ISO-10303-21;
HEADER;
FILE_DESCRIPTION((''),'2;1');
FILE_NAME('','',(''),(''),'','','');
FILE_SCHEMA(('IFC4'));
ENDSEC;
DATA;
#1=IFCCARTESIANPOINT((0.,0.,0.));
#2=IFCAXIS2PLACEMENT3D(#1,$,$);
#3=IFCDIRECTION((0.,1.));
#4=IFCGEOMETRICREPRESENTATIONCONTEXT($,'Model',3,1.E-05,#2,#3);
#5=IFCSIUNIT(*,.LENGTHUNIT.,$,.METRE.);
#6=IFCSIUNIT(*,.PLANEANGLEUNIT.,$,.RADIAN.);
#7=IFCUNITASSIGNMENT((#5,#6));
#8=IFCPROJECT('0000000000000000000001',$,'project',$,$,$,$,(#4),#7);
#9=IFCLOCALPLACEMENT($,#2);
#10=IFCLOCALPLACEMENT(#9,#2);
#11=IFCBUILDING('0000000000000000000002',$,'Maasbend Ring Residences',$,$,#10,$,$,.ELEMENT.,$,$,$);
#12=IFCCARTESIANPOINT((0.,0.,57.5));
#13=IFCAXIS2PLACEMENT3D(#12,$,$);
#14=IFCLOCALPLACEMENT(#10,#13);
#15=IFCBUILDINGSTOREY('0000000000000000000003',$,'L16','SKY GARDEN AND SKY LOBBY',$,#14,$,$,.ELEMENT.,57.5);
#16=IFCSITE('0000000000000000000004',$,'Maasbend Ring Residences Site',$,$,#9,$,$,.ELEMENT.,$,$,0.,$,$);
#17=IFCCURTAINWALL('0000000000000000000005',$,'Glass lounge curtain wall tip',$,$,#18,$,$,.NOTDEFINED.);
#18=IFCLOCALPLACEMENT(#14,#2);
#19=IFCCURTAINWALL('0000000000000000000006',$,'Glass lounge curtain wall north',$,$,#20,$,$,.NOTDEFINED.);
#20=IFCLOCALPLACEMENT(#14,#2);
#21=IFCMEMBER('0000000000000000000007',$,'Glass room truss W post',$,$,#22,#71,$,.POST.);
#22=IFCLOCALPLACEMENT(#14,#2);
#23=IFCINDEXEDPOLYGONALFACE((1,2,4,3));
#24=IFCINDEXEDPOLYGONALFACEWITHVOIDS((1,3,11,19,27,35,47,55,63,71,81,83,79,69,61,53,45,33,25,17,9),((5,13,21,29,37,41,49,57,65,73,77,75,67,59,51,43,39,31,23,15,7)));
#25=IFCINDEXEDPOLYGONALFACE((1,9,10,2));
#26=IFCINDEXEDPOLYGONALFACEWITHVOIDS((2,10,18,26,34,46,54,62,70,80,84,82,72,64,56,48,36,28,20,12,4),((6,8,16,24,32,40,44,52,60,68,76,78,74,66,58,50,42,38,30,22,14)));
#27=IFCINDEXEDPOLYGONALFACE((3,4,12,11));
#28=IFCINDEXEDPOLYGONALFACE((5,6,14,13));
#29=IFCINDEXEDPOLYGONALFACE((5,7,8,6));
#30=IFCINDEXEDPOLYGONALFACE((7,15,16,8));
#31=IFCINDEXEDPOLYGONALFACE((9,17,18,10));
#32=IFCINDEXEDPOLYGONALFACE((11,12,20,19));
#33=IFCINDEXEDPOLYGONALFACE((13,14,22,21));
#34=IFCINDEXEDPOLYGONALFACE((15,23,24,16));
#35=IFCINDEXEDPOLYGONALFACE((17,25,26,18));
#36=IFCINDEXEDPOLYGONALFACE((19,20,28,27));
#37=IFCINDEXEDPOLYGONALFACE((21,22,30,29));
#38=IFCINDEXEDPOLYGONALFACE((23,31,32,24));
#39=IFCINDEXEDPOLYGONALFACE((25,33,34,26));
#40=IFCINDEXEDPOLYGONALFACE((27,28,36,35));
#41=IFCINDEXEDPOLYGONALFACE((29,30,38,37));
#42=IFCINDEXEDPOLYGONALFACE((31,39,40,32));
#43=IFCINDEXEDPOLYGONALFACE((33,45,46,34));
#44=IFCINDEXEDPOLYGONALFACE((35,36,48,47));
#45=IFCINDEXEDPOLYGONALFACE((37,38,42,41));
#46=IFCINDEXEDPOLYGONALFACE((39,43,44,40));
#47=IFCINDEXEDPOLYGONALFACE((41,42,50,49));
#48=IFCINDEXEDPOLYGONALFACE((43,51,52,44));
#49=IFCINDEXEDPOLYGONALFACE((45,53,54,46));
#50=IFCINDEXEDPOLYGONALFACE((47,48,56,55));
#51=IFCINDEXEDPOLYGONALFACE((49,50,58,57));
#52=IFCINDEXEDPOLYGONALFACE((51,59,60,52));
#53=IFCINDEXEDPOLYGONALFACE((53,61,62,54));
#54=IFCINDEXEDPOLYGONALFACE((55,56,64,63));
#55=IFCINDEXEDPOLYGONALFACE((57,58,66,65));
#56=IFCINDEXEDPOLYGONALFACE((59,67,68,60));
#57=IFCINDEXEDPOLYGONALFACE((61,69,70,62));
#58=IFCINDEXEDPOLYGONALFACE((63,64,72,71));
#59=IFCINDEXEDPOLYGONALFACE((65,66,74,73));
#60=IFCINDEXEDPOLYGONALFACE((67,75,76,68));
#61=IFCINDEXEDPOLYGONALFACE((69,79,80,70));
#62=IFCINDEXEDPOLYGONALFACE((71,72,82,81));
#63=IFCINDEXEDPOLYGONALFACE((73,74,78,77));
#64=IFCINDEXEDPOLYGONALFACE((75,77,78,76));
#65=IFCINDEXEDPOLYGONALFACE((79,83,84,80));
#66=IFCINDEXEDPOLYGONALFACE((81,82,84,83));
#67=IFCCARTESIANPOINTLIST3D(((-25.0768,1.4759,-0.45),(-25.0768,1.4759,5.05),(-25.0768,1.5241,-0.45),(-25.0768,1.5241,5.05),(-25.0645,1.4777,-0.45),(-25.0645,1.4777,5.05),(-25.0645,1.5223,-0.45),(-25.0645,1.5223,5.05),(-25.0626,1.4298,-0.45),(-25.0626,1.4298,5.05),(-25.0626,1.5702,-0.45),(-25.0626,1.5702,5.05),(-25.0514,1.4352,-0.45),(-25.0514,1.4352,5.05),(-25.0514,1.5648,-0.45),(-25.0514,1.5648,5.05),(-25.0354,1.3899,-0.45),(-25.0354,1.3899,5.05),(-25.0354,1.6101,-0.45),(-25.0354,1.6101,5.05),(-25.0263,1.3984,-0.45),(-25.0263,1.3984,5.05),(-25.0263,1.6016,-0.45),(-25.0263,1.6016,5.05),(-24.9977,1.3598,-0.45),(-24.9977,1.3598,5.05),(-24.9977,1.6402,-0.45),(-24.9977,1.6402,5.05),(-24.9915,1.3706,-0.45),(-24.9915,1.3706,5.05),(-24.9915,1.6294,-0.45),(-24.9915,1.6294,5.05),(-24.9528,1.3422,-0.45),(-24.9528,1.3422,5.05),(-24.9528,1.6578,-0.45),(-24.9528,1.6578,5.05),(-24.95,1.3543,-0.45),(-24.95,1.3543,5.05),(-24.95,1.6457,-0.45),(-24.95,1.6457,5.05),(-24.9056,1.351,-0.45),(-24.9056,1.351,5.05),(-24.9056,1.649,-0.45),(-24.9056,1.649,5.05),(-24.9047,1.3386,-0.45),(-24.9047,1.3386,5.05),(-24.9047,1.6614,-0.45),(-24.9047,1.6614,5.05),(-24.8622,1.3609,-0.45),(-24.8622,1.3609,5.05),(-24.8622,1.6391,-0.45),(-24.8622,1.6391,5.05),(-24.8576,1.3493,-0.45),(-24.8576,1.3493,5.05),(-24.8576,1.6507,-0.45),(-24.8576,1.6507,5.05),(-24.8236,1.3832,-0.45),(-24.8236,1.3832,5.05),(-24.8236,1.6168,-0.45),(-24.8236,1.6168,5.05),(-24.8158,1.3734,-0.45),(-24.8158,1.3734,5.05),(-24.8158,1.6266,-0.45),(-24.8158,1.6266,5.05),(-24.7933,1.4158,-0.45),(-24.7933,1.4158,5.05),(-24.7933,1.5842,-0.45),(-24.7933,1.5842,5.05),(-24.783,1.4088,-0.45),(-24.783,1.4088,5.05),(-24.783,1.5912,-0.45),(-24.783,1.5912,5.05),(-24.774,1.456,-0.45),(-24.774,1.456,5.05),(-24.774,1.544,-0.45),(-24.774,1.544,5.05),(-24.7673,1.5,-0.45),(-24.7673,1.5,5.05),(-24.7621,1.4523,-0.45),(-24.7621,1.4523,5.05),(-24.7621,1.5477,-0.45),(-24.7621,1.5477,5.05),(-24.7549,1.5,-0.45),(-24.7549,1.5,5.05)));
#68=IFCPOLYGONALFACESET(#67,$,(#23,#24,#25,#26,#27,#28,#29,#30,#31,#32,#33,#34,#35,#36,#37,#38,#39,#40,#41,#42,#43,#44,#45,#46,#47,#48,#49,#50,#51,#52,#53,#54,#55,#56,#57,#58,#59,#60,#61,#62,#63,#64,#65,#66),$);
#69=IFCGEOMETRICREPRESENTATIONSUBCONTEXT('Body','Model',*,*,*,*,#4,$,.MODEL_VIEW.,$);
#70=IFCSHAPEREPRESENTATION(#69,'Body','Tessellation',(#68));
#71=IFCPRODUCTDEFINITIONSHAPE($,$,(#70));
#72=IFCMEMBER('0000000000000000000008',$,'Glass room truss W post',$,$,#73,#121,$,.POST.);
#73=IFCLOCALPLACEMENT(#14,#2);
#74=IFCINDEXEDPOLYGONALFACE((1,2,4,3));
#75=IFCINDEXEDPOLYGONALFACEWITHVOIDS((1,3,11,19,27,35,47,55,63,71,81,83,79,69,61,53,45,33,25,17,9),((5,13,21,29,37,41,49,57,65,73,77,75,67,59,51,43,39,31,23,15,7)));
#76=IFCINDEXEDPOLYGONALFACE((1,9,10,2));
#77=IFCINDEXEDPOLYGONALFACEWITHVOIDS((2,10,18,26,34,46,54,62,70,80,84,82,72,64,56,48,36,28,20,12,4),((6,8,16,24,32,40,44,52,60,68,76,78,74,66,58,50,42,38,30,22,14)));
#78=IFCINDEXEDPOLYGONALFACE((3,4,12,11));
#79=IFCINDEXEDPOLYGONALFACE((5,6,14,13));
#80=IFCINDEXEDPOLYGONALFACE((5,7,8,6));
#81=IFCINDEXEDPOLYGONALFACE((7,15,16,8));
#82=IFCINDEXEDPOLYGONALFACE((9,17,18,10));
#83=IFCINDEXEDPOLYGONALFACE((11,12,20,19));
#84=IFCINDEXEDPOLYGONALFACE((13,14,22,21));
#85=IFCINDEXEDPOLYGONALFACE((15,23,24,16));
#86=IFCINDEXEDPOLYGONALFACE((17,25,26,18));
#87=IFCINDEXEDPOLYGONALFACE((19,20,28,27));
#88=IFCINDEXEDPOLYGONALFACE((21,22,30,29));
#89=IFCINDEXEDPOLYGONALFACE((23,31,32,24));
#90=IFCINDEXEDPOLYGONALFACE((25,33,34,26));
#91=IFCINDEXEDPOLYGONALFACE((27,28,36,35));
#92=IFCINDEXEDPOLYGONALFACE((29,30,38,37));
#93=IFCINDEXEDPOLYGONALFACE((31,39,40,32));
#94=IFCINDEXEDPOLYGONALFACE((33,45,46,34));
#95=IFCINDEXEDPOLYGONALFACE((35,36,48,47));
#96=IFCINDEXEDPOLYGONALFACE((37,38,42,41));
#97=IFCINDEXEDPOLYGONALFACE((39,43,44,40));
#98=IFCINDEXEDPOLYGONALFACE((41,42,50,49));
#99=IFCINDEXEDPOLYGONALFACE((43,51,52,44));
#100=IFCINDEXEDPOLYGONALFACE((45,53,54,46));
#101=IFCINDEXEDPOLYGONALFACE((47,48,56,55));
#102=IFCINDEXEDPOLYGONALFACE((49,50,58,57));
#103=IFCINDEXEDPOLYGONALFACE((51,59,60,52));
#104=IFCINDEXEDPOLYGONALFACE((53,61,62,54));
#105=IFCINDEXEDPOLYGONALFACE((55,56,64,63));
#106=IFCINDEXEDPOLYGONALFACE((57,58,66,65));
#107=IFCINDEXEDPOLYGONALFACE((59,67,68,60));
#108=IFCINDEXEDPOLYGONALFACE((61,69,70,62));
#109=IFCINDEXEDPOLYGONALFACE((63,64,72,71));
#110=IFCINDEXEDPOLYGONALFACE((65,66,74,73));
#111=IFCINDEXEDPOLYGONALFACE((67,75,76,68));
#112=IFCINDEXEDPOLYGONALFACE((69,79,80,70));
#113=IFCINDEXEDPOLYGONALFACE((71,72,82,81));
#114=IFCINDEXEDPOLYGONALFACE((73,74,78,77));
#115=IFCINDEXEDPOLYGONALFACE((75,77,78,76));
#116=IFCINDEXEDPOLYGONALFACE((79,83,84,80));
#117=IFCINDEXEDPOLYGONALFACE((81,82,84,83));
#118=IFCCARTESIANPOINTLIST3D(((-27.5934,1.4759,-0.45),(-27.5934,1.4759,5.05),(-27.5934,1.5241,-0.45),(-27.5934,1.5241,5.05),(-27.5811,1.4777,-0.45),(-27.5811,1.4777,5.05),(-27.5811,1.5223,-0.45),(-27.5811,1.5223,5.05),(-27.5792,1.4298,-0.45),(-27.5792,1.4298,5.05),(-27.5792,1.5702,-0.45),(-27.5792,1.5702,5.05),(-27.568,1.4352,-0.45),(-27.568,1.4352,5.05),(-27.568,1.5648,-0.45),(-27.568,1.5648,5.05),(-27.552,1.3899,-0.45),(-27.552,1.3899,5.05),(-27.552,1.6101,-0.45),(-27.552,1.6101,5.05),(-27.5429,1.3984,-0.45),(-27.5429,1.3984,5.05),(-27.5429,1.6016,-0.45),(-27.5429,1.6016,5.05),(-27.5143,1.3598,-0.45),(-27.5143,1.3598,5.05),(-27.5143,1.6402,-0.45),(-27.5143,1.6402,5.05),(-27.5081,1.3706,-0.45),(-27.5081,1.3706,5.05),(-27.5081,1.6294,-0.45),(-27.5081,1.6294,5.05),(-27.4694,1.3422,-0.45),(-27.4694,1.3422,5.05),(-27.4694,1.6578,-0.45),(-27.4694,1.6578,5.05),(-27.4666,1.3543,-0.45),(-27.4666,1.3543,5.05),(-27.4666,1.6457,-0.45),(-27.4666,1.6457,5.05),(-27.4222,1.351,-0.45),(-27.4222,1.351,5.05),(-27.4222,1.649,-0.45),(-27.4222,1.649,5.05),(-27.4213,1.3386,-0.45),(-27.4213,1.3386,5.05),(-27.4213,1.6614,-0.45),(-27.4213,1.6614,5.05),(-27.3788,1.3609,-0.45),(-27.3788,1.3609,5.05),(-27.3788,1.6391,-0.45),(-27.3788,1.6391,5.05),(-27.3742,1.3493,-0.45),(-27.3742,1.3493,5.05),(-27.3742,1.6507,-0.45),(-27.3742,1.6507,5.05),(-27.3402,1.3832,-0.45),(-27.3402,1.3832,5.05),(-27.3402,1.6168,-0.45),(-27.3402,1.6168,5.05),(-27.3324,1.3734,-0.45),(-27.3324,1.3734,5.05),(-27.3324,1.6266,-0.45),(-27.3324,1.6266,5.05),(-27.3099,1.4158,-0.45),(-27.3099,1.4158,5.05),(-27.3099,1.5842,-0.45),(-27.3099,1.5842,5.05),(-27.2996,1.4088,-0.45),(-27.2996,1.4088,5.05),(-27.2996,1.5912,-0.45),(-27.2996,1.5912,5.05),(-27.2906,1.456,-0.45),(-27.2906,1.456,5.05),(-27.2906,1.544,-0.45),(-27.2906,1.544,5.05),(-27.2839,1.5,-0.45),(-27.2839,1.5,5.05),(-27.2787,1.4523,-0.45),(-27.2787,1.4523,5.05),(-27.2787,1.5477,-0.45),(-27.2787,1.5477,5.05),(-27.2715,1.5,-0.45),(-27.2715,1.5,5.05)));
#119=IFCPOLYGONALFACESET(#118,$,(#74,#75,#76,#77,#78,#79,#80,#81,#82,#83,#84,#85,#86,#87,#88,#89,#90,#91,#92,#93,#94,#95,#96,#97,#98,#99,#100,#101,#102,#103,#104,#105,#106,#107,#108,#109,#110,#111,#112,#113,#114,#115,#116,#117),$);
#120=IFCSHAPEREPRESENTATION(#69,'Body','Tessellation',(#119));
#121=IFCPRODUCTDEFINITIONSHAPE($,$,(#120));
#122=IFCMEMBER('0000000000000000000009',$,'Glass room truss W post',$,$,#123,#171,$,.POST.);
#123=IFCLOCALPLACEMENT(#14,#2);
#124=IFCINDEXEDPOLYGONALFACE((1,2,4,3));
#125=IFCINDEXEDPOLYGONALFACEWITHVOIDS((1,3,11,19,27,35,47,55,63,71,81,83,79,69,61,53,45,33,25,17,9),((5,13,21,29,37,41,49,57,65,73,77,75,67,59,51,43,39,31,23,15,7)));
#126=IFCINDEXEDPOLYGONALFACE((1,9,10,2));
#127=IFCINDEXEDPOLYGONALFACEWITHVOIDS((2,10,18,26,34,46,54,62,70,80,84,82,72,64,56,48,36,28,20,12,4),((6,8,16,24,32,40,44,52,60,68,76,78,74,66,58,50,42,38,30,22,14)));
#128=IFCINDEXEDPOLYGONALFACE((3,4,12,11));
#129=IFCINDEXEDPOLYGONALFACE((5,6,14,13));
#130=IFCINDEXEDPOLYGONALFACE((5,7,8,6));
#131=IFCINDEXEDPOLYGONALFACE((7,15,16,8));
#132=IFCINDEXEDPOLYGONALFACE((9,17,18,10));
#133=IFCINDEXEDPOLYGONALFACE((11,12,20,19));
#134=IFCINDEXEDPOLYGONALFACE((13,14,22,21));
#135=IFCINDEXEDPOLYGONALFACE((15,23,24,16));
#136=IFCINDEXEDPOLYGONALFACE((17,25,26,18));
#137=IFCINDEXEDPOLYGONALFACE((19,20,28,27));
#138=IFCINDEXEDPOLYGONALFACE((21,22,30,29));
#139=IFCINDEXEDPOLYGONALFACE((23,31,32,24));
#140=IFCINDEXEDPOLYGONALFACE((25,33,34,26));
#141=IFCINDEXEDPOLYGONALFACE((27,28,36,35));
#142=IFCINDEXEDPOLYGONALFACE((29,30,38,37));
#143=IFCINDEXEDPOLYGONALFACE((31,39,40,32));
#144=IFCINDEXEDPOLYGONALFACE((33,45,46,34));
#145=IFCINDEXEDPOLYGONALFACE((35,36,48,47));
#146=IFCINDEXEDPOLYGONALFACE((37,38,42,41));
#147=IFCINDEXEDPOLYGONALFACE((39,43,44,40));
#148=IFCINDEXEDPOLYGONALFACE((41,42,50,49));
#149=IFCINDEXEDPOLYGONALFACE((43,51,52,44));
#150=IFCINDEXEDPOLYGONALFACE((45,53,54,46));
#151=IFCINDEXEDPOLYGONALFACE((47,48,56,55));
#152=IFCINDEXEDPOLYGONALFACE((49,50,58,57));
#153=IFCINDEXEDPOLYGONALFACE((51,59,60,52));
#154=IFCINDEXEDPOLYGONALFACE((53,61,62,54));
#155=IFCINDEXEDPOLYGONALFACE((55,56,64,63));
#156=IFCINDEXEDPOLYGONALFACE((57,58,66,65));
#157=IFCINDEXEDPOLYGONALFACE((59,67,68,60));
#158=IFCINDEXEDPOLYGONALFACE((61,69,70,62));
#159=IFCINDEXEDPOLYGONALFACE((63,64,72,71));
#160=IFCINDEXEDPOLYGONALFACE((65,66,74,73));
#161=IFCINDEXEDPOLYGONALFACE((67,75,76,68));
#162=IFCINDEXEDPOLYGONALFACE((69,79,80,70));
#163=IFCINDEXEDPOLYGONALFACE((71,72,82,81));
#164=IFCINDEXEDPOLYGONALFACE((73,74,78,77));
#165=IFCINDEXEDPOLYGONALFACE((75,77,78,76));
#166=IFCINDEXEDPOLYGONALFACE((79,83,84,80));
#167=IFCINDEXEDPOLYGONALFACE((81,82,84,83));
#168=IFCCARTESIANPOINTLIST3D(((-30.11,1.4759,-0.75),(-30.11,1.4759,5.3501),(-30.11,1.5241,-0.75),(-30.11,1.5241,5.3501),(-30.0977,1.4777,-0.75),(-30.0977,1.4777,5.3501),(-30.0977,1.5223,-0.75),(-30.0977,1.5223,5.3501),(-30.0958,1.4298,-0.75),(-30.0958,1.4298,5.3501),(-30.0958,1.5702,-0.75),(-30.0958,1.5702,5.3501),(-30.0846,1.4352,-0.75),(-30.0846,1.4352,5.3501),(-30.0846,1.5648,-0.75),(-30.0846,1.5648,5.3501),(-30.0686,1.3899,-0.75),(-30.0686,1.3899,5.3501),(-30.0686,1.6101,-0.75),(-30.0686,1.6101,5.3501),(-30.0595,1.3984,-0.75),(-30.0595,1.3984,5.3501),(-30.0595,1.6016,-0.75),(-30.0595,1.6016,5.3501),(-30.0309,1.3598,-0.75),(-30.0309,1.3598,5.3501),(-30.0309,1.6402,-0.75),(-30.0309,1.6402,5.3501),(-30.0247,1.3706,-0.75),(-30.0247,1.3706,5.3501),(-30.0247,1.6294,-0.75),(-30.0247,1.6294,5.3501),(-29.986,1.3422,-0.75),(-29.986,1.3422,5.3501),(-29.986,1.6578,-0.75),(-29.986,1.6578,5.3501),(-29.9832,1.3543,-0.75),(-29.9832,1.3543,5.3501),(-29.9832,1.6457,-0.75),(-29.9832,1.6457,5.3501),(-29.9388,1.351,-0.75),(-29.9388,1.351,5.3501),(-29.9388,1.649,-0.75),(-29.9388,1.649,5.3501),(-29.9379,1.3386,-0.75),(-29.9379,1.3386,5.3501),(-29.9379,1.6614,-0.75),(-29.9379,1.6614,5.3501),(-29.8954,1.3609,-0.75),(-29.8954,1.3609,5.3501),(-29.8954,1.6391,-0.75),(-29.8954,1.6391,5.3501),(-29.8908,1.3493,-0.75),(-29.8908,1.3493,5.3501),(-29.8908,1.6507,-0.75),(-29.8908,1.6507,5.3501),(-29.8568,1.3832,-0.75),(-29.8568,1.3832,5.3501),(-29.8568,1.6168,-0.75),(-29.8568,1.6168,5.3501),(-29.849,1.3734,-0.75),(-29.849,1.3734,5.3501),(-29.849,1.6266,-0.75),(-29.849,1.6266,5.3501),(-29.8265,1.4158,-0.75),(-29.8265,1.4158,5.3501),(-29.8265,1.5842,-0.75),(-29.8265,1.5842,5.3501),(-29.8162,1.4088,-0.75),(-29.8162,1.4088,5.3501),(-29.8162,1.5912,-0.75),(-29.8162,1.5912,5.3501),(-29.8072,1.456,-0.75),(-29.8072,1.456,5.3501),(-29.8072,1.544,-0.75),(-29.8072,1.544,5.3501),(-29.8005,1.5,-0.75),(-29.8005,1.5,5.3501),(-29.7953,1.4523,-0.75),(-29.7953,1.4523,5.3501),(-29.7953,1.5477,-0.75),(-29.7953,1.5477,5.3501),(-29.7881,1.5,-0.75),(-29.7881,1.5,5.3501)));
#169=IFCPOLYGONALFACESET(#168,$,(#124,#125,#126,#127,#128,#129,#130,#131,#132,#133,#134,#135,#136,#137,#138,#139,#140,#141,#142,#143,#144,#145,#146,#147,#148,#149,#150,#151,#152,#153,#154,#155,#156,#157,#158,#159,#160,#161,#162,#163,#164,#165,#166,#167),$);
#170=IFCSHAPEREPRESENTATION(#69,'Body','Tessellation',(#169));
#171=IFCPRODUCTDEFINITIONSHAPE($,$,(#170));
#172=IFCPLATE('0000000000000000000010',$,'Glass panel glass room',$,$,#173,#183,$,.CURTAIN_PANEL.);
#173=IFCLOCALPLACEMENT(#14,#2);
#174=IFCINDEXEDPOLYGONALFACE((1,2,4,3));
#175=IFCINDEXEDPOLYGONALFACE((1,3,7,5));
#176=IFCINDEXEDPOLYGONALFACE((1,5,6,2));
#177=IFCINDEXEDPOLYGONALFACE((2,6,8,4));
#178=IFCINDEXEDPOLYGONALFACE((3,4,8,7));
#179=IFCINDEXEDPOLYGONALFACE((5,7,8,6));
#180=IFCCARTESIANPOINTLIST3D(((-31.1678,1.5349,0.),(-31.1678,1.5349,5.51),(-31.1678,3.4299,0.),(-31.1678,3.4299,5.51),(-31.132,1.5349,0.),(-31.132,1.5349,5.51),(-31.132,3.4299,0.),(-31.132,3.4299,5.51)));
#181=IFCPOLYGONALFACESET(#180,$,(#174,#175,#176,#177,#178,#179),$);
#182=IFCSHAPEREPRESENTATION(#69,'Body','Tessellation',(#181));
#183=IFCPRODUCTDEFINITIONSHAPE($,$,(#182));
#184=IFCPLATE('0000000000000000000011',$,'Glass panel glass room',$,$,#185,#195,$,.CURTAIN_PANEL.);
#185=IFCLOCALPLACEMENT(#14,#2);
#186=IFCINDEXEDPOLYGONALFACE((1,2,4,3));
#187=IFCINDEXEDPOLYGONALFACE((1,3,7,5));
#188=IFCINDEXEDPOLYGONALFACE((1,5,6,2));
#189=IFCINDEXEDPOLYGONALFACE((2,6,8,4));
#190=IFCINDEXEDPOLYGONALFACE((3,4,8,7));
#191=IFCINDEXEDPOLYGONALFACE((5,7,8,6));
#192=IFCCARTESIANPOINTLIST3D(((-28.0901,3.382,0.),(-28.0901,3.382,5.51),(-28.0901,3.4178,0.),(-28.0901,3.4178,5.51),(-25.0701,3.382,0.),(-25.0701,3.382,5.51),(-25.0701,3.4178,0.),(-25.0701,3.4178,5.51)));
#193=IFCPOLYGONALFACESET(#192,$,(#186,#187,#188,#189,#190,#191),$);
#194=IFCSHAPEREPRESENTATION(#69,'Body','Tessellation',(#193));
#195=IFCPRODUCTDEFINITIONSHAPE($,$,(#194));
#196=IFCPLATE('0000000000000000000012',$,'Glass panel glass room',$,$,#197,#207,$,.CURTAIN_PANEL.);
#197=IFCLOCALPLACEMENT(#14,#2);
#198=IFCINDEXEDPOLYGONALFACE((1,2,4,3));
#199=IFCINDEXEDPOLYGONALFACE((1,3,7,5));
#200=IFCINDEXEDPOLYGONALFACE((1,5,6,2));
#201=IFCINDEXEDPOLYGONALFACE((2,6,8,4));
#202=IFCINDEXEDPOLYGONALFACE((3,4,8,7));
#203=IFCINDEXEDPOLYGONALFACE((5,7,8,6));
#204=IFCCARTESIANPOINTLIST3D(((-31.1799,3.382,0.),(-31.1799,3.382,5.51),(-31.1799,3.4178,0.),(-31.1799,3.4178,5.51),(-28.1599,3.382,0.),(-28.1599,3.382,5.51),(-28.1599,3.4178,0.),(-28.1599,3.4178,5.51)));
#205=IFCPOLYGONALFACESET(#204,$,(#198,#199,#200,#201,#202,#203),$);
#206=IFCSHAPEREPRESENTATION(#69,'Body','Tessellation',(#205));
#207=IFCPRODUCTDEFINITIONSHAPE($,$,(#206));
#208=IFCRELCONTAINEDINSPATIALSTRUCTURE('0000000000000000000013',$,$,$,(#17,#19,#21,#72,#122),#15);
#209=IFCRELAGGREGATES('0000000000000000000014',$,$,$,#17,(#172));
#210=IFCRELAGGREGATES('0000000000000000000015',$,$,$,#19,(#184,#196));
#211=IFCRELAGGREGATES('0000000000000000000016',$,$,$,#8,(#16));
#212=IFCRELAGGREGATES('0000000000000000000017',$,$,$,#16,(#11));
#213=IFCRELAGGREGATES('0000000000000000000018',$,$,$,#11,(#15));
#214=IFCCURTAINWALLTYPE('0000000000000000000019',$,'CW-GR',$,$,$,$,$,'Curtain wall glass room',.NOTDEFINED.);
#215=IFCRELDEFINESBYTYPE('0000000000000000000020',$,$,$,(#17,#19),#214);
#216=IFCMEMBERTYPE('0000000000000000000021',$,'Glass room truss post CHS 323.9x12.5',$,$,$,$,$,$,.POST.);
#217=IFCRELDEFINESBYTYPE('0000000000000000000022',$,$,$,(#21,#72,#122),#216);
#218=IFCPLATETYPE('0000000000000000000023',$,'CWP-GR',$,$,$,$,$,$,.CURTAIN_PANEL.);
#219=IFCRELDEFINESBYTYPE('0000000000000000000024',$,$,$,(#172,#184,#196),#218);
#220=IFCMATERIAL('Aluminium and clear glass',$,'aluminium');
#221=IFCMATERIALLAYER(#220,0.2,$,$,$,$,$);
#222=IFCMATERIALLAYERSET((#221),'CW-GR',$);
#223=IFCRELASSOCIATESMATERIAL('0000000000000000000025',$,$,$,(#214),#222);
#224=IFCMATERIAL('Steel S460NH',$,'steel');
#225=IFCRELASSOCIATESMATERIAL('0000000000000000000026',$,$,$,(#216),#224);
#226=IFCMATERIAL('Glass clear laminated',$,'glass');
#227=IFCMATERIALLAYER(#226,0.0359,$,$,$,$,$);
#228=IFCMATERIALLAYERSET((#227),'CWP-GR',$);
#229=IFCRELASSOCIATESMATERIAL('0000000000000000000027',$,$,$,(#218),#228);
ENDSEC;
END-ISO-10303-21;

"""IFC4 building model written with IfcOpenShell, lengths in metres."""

from ifc_helpers import new_model, si_unit, direction, frame, origin, origin_2d, place, context, subcontext, project, spatial, rectangle, hollow_circle, extrude, material, layer, layer_set, material_profile, profile_set, type_object, element, aggregate, save


model = new_model("IFC4")

# Units and contexts
model_context = context("Model", 3, precision=1e-05, world=origin(), true_north=direction((0.0, 1.0)))
body_context = subcontext(model_context, "Body", "Model", "MODEL_VIEW")
ifc_project = project(units=[si_unit("LENGTHUNIT", "METRE"), si_unit("PLANEANGLEUNIT", "RADIAN")], contexts=[model_context])

# Site, building, storey
site_placement = place(None, origin())
site = spatial("IfcSite", under=ifc_project, at=site_placement, Name="Maasbend Ring Residences Site", CompositionType="ELEMENT", RefElevation=0.0)
building_placement = place(site_placement, origin())
building = spatial("IfcBuilding", under=site, at=building_placement, Name="Maasbend Ring Residences", CompositionType="ELEMENT")
storey_placement = place(building_placement, frame((0.0, 0.0, 57.5)))
storey = spatial("IfcBuildingStorey", under=building, at=storey_placement, Name="L16", Description="SKY GARDEN AND SKY LOBBY", CompositionType="ELEMENT", Elevation=57.5)

# Curtain walls
ifc_material_1 = material(Name="Aluminium and clear glass", Category="aluminium")
ifc_layer_1 = layer(ifc_material_1, 0.2)
ifc_layer_set_1 = layer_set([ifc_layer_1], Name="CW-GR")
curtain_wall_type = type_object("IfcCurtainWallType", Name="CW-GR", ElementType="Curtain wall glass room", PredefinedType="NOTDEFINED", material=ifc_layer_set_1)
curtain_wall_1_placement = place(storey_placement, origin())
curtain_wall_1 = element("IfcCurtainWall", 1, at=curtain_wall_1_placement, inside=storey, type_object=curtain_wall_type, Name="Glass lounge curtain wall tip", PredefinedType="NOTDEFINED")
curtain_wall_2_placement = place(storey_placement, origin())
curtain_wall_2 = element("IfcCurtainWall", 2, at=curtain_wall_2_placement, inside=storey, type_object=curtain_wall_type, Name="Glass lounge curtain wall north", PredefinedType="NOTDEFINED")

# Members
ifc_material_2 = material(Name="Steel S460NH", Category="steel")
ifc_material_profile_1 = material_profile(ifc_material_2, hollow_circle(Radius=0.1619, WallThickness=0.0125, at=origin_2d()), Name="Glass room truss post CHS 323.9x12.5")
ifc_profile_set_1 = profile_set([ifc_material_profile_1], Name="Steel S460NH")
member_type_1 = type_object("IfcMemberType", Name="Glass room truss post CHS 323.9x12.5", PredefinedType="POST", material=ifc_profile_set_1)
for number, where, z_axis, x_axis, name in (
    (3, (-24.9167, 1.5, -0.45), (0.0, 0.0, 1.0), (1.0, 0.0, 0.0), "Glass room truss W post"),
    (4, (-27.4333, 1.5, -0.45), (0.0, 0.0, 1.0), (1.0, 0.0, 0.0), "Glass room truss W post"),
):
    element("IfcMember", number, at=place(storey_placement, frame(where, z_axis=z_axis, x_axis=x_axis)), inside=storey, type_object=member_type_1, Name=name, PredefinedType="POST", context=body_context, shape_type="SweptSolid", body=[
        extrude(hollow_circle(Radius=0.1619, WallThickness=0.0125, at=origin_2d()), origin(), (0.0, 0.0, 1.0), 5.5),
    ])
member_1_placement = place(storey_placement, frame((-29.95, 1.5, -0.75), z_axis=(0.0, 0.0, 1.0), x_axis=(1.0, 0.0, 0.0)))
element("IfcMember", 5, at=member_1_placement, inside=storey, type_object=member_type_1, Name="Glass room truss W post", PredefinedType="POST", context=body_context, shape_type="SweptSolid", body=[
    extrude(hollow_circle(Radius=0.1619, WallThickness=0.0125, at=origin_2d()), origin(), (0.0, 0.0, 1.0), 6.1001),
])

# Plates
ifc_material_3 = material(Name="Glass clear laminated", Category="glass")
ifc_layer_2 = layer(ifc_material_3, 0.0359)
ifc_layer_set_2 = layer_set([ifc_layer_2], Name="CWP-GR")
plate_type = type_object("IfcPlateType", Name="CWP-GR", PredefinedType="CURTAIN_PANEL", material=ifc_layer_set_2)
plate_1_placement = place(storey_placement, frame((-31.1499, 2.4824, 0.0), z_axis=(0.0, 0.0, 1.0), x_axis=(0.0, 1.0, 0.0)))
plate_1 = element("IfcPlate", 6, at=plate_1_placement, type_object=plate_type, Name="Glass panel glass room", PredefinedType="CURTAIN_PANEL", context=body_context, shape_type="SweptSolid", body=[
    extrude(rectangle(XDim=1.895, YDim=0.0359, at=origin_2d()), origin(), (0.0, 0.0, 1.0), 5.51),
])
aggregate(curtain_wall_1, [plate_1])
plate_2_placement = place(storey_placement, frame((-26.5801, 3.3999, 0.0), z_axis=(0.0, 0.0, 1.0), x_axis=(-1.0, 0.0, 0.0)))
plate_2 = element("IfcPlate", 7, at=plate_2_placement, type_object=plate_type, Name="Glass panel glass room", PredefinedType="CURTAIN_PANEL", context=body_context, shape_type="SweptSolid", body=[
    extrude(rectangle(XDim=3.02, YDim=0.0359, at=origin_2d()), origin(), (0.0, 0.0, 1.0), 5.51),
])
plate_3_placement = place(storey_placement, frame((-29.6699, 3.3999, 0.0), z_axis=(0.0, 0.0, 1.0), x_axis=(-1.0, 0.0, 0.0)))
plate_3 = element("IfcPlate", 8, at=plate_3_placement, type_object=plate_type, Name="Glass panel glass room", PredefinedType="CURTAIN_PANEL", context=body_context, shape_type="SweptSolid", body=[
    extrude(rectangle(XDim=3.02, YDim=0.0359, at=origin_2d()), origin(), (0.0, 0.0, 1.0), 5.51),
])
aggregate(curtain_wall_2, [plate_2, plate_3])

save(model, "model.ifc")
